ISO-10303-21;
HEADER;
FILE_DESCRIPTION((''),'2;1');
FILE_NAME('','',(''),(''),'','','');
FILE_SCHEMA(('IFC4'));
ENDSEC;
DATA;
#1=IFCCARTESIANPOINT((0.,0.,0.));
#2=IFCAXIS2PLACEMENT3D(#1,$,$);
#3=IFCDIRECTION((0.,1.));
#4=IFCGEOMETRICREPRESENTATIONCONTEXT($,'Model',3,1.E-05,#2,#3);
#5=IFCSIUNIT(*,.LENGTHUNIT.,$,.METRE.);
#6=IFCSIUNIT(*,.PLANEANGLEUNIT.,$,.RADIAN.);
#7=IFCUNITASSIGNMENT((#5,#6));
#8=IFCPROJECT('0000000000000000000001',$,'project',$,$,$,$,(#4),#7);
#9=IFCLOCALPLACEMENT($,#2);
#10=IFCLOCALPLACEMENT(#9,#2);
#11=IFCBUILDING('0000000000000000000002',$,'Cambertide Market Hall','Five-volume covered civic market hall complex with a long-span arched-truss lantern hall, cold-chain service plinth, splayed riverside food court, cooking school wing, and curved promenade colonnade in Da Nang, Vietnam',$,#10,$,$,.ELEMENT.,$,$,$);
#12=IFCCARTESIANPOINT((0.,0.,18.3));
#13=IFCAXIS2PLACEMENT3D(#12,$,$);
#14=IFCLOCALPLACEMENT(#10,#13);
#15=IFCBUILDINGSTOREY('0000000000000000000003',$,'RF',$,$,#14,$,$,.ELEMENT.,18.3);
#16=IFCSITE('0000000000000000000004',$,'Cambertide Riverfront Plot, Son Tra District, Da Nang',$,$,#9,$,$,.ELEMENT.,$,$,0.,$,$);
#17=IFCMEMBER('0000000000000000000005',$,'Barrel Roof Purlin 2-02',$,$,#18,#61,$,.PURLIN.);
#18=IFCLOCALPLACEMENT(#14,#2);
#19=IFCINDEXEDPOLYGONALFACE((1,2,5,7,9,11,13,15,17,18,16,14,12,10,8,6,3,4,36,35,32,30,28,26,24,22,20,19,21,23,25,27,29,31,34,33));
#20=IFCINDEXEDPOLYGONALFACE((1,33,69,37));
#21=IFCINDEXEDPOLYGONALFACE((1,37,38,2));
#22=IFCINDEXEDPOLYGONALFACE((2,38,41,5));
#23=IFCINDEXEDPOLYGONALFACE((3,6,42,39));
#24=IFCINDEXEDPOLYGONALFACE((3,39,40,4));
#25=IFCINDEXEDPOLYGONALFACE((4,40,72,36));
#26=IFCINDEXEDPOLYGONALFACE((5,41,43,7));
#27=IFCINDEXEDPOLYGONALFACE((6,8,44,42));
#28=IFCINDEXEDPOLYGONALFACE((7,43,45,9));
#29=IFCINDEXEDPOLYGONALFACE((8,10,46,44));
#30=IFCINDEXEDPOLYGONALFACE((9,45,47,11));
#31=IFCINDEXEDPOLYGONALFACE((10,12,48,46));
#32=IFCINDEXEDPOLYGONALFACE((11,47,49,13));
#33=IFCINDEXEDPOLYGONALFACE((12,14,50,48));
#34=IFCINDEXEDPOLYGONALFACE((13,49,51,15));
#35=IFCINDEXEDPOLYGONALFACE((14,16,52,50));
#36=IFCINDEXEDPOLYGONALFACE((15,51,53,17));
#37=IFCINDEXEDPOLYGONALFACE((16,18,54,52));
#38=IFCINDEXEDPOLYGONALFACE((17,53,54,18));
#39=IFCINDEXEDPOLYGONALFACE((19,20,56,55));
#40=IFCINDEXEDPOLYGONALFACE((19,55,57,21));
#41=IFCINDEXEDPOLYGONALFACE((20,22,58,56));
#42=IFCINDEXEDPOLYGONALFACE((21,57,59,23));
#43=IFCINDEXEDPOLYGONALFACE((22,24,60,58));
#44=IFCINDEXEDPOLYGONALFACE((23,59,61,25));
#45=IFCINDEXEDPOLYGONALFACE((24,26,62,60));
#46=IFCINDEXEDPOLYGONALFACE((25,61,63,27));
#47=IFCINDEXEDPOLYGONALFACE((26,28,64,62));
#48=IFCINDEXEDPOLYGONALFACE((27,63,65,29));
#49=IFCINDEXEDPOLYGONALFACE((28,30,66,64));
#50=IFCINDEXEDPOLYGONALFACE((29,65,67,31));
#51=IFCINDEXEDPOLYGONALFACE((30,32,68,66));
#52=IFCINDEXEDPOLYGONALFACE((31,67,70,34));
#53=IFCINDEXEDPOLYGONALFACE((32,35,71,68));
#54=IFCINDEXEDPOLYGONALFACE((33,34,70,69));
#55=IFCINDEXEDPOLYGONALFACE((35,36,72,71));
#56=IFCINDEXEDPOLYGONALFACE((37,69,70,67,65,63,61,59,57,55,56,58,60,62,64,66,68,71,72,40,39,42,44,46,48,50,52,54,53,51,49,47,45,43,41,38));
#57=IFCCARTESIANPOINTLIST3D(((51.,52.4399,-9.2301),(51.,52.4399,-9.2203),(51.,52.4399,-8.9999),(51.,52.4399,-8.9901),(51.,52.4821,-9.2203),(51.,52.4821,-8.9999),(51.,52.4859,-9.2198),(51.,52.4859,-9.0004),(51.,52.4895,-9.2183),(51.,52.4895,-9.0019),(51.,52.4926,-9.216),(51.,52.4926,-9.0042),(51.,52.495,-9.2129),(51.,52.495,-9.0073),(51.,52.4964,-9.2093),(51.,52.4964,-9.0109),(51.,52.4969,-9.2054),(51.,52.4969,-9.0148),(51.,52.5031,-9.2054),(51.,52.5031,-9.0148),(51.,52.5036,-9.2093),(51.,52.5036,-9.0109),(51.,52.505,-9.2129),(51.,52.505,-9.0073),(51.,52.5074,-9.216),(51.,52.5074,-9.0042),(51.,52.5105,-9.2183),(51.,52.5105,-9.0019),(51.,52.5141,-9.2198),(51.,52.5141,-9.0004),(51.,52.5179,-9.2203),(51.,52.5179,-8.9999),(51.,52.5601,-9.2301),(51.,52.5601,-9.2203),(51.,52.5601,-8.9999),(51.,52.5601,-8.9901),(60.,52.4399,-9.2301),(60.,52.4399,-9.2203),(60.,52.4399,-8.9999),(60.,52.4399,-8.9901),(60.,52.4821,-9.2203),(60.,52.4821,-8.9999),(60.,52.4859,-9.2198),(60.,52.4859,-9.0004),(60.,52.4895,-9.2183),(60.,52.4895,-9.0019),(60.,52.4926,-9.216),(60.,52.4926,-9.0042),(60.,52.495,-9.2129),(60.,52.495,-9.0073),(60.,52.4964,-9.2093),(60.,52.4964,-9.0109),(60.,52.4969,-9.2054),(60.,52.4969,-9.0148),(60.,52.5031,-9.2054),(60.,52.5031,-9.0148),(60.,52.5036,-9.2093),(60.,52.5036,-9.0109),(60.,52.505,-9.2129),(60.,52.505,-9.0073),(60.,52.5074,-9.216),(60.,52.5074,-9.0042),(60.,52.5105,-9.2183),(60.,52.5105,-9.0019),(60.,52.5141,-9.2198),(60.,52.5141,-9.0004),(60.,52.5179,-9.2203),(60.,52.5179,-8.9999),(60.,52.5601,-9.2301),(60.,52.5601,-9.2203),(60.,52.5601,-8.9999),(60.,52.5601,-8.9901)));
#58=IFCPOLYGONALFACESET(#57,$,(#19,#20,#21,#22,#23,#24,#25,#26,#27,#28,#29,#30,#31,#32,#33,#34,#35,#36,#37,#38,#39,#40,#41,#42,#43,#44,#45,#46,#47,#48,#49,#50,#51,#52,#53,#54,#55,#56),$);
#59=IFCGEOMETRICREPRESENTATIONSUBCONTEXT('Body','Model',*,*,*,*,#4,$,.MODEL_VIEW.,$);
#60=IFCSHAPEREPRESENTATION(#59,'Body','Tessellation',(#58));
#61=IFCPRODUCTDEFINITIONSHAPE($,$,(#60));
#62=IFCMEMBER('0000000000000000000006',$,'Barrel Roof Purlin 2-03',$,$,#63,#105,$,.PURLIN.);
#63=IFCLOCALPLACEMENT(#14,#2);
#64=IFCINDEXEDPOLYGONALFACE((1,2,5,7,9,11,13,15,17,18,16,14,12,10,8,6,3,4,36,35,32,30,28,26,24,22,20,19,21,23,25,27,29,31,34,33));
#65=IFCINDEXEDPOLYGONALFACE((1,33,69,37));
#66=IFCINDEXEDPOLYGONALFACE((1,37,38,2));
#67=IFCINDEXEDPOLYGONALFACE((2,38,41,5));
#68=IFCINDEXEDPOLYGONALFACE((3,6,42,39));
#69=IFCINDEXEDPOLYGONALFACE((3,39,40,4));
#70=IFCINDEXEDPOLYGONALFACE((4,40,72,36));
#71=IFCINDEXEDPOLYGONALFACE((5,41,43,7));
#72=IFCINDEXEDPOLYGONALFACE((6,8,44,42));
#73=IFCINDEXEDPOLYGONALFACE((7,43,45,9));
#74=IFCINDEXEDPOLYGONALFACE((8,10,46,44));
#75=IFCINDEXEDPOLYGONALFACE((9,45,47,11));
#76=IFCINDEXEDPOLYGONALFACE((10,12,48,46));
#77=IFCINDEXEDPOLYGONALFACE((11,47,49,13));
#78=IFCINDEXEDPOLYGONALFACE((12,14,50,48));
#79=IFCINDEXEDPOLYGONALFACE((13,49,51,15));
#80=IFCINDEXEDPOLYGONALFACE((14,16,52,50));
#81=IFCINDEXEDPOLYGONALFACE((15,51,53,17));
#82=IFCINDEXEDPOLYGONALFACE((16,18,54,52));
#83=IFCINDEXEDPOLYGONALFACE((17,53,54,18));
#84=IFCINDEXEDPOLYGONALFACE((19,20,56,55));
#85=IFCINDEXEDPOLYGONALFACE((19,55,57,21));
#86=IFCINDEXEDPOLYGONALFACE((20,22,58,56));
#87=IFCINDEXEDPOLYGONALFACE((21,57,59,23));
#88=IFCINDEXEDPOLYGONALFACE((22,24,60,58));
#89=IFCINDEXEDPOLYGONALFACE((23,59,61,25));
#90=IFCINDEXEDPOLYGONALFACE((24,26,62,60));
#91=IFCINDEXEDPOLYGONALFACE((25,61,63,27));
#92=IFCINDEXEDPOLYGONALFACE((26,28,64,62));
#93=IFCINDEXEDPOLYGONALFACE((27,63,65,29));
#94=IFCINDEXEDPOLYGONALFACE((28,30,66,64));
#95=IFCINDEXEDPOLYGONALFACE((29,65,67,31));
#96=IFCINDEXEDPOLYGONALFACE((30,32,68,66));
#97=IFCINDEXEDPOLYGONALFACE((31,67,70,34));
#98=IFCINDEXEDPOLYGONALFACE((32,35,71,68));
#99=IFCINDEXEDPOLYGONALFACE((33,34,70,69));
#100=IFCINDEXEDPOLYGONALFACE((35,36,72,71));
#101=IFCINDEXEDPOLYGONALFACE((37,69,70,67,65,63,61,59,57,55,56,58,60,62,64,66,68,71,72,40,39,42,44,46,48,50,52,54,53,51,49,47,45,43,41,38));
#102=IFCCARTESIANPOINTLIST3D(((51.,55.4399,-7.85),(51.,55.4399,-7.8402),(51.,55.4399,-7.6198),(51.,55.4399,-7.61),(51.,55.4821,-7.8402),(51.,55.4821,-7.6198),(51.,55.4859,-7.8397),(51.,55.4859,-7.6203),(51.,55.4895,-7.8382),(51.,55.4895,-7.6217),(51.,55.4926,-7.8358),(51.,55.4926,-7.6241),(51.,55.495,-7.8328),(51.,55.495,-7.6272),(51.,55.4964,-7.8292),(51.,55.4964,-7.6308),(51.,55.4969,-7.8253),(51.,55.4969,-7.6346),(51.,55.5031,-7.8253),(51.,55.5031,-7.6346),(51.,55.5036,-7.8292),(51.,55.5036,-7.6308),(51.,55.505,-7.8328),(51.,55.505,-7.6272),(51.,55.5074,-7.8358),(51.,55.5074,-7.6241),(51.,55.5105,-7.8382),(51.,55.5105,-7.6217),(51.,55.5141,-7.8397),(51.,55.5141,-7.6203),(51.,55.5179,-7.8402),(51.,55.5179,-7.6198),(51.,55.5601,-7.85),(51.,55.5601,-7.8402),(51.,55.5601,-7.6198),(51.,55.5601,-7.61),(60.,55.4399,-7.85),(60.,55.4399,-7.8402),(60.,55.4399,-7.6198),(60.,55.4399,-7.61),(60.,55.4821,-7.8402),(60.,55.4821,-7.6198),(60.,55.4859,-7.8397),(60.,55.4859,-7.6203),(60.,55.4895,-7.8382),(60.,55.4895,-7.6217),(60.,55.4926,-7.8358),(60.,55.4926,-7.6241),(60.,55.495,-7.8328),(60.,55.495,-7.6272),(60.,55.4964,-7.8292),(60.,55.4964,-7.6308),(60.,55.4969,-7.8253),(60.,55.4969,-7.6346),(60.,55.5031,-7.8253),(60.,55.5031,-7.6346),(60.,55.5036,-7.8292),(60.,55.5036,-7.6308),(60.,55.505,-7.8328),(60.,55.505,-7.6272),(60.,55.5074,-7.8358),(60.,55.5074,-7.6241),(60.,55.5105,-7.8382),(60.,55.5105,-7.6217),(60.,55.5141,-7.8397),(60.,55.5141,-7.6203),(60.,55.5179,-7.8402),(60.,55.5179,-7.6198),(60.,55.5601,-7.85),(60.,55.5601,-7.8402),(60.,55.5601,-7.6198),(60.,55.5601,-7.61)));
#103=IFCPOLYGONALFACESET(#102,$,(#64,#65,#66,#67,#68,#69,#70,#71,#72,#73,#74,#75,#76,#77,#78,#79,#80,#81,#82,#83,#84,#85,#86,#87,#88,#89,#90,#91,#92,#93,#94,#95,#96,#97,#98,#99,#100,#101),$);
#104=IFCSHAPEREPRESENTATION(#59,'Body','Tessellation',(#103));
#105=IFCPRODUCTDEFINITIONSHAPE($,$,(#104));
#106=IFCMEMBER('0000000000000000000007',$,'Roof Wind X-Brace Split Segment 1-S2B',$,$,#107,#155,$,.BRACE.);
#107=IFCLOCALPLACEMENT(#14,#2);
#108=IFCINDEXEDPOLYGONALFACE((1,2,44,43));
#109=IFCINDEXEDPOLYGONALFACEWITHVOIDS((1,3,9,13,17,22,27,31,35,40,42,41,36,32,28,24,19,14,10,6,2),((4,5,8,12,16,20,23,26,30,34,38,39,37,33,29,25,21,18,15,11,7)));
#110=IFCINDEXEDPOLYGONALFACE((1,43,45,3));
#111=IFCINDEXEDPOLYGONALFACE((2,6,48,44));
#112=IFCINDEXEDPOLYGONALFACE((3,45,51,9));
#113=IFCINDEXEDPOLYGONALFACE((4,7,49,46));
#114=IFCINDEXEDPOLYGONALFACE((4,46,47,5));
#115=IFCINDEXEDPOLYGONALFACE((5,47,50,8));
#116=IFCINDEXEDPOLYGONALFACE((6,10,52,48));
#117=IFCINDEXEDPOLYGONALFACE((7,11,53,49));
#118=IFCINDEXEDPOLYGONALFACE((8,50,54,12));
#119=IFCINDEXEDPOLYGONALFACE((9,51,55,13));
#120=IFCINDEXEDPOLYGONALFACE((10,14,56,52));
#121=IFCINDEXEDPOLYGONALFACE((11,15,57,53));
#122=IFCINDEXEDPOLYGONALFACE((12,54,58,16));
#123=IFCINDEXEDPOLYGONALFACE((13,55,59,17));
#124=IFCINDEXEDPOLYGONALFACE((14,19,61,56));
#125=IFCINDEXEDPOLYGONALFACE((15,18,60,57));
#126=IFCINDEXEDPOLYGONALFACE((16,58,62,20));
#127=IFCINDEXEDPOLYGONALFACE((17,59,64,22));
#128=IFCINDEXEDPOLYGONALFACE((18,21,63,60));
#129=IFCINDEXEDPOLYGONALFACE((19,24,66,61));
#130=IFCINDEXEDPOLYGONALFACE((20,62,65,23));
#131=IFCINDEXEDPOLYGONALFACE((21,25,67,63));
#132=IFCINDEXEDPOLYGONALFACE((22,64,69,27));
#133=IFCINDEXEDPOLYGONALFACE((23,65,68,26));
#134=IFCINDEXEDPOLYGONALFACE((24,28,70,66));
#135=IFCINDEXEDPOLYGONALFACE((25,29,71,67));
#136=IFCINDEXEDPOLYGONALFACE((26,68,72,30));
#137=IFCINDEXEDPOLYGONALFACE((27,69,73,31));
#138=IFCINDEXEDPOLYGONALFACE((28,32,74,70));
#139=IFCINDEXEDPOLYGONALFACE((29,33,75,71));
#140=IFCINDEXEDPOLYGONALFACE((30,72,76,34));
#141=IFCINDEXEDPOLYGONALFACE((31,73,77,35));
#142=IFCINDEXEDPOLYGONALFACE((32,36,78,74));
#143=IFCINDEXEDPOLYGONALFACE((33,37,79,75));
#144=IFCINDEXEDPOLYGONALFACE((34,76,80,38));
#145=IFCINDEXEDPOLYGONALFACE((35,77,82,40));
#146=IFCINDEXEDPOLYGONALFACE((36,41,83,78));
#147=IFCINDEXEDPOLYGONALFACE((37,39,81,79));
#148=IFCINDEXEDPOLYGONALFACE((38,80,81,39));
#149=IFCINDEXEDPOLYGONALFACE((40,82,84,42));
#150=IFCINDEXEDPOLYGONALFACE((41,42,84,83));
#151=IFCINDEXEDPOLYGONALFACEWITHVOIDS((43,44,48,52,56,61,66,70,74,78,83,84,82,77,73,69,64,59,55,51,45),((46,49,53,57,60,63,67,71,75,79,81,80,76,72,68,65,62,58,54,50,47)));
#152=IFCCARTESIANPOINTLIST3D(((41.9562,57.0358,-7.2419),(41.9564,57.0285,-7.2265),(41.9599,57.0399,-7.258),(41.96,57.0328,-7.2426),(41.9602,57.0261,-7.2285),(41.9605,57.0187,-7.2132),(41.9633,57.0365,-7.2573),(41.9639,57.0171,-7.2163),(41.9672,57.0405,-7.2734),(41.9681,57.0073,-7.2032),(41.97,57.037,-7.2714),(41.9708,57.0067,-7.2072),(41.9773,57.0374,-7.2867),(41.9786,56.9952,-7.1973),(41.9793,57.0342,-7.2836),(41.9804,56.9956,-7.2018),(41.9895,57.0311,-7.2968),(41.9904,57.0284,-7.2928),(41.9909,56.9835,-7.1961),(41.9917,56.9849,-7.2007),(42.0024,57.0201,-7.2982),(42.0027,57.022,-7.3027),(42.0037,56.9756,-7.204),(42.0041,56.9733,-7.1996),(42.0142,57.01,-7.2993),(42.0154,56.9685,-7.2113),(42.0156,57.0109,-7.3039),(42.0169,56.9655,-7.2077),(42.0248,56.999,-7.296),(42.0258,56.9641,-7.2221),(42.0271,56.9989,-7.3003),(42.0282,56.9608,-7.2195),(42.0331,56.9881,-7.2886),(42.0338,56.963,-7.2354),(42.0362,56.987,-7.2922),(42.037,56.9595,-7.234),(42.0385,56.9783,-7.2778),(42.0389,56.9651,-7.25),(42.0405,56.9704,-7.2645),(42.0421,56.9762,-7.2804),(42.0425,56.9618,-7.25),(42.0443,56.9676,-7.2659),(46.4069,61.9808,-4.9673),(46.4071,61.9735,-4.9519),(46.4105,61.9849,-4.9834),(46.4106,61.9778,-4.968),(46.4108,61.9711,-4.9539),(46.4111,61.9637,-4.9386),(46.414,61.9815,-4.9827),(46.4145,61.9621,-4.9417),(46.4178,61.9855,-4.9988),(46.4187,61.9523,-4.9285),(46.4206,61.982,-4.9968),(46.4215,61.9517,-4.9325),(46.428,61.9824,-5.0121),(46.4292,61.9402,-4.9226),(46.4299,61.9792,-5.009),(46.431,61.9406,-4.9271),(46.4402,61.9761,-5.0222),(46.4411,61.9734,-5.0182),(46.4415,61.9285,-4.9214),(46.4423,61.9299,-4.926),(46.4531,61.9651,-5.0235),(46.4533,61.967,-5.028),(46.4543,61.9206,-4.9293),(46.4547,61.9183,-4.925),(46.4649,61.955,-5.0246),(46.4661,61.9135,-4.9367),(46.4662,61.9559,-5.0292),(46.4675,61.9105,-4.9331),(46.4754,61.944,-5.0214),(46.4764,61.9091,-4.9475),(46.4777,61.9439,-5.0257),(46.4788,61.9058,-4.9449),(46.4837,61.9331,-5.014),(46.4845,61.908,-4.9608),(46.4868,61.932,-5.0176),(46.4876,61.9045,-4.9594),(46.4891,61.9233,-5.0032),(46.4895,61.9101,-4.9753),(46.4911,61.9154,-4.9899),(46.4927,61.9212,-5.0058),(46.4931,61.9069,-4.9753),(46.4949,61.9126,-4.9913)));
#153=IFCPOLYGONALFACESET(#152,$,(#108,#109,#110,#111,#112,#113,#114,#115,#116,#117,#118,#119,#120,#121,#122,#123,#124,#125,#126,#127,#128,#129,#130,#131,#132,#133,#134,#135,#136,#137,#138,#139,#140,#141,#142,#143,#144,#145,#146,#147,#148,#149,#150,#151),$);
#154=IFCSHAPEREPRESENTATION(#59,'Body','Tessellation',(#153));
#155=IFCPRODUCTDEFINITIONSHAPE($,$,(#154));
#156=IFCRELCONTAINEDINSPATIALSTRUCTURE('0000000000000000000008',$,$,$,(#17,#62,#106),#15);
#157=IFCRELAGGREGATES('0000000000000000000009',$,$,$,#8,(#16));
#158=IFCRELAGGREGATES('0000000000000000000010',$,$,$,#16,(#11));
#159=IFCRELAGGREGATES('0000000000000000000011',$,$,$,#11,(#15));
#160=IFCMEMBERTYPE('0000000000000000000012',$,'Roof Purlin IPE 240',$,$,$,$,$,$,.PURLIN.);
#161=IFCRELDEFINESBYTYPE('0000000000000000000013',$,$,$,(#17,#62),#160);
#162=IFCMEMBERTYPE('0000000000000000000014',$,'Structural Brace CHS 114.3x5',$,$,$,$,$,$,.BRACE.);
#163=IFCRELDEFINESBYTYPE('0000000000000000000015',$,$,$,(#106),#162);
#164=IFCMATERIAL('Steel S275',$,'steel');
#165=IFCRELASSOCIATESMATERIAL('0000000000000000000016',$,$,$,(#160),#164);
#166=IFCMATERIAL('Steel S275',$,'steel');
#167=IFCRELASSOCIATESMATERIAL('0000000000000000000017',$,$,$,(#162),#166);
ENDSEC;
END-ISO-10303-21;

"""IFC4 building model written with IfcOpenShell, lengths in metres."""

from ifc_helpers import new_model, si_unit, direction, frame, origin, origin_2d, place, context, subcontext, project, spatial, hollow_circle, i_section, extrude, material, material_profile, profile_set, type_object, element, save


model = new_model("IFC4")

# Units and contexts
model_context = context("Model", 3, precision=1e-05, world=origin(), true_north=direction((0.0, 1.0)))
body_context = subcontext(model_context, "Body", "Model", "MODEL_VIEW")
ifc_project = project(units=[si_unit("LENGTHUNIT", "METRE"), si_unit("PLANEANGLEUNIT", "RADIAN")], contexts=[model_context])

# Site, building, storey
site_placement = place(None, origin())
site = spatial("IfcSite", under=ifc_project, at=site_placement, Name="Cambertide Riverfront Plot, Son Tra District, Da Nang", CompositionType="ELEMENT", RefElevation=0.0)
building_placement = place(site_placement, origin())
building = spatial("IfcBuilding", under=site, at=building_placement, Name="Cambertide Market Hall", Description="Five-volume covered civic market hall complex with a long-span arched-truss lantern hall, cold-chain service plinth, splayed riverside food court, cooking school wing, and curved promenade colonnade in Da Nang, Vietnam", CompositionType="ELEMENT")
storey_placement = place(building_placement, frame((0.0, 0.0, 18.3)))
storey = spatial("IfcBuildingStorey", under=building, at=storey_placement, Name="RF", CompositionType="ELEMENT", Elevation=18.3)

# Members
ifc_material_1 = material(Name="Steel S275", Category="steel")
ifc_material_profile_1 = material_profile(ifc_material_1, i_section(OverallWidth=0.1201, OverallDepth=0.24, WebThickness=0.0061, FlangeThickness=0.0098, FilletRadius=0.0149, at=origin_2d()), Name="IPE 240")
ifc_profile_set_1 = profile_set([ifc_material_profile_1], Name="Steel S275")
member_type_1 = type_object("IfcMemberType", Name="Roof Purlin IPE 240", PredefinedType="PURLIN", material=ifc_profile_set_1)
for number, where, z_axis, x_axis, name in (
    (1, (51.0, 52.5, -9.1101), (1.0, 0.0, 0.0), (0.0, 1.0, 0.0), "Barrel Roof Purlin 2-02"),
    (2, (51.0, 55.5, -7.73), (1.0, 0.0, 0.0), (0.0, 1.0, 0.0), "Barrel Roof Purlin 2-03"),
):
    element("IfcMember", number, at=place(storey_placement, frame(where, z_axis=z_axis, x_axis=x_axis)), inside=storey, type_object=member_type_1, Name=name, PredefinedType="PURLIN", context=body_context, shape_type="SweptSolid", body=[
        extrude(i_section(OverallWidth=0.1201, OverallDepth=0.24, WebThickness=0.0061, FlangeThickness=0.0098, FilletRadius=0.0149, at=origin_2d()), origin(), (0.0, 0.0, 1.0), 9.0),
    ])
ifc_material_2 = material(Name="Steel S275", Category="steel")
ifc_material_profile_2 = material_profile(ifc_material_2, hollow_circle(Radius=0.0571, WallThickness=0.0049, at=origin_2d()), Name="CHS 114.3x5")
ifc_profile_set_2 = profile_set([ifc_material_profile_2], Name="Steel S275")
member_type_2 = type_object("IfcMemberType", Name="Structural Brace CHS 114.3x5", PredefinedType="BRACE", material=ifc_profile_set_2)
member_1_placement = place(storey_placement, frame((46.4507, 61.9451, -4.9753), z_axis=(-0.633, -0.703314, -0.323514), x_axis=(0.743285, -0.668975, 0.0)))
element("IfcMember", 3, at=member_1_placement, inside=storey, type_object=member_type_2, Name="Roof Wind X-Brace Split Segment 1-S2B", PredefinedType="BRACE", context=body_context, shape_type="SweptSolid", body=[
    extrude(hollow_circle(Radius=0.0571, WallThickness=0.0049, at=origin_2d()), origin(), (0.0, 0.0, 1.0), 7.031),
])

save(model, "model.ifc")
